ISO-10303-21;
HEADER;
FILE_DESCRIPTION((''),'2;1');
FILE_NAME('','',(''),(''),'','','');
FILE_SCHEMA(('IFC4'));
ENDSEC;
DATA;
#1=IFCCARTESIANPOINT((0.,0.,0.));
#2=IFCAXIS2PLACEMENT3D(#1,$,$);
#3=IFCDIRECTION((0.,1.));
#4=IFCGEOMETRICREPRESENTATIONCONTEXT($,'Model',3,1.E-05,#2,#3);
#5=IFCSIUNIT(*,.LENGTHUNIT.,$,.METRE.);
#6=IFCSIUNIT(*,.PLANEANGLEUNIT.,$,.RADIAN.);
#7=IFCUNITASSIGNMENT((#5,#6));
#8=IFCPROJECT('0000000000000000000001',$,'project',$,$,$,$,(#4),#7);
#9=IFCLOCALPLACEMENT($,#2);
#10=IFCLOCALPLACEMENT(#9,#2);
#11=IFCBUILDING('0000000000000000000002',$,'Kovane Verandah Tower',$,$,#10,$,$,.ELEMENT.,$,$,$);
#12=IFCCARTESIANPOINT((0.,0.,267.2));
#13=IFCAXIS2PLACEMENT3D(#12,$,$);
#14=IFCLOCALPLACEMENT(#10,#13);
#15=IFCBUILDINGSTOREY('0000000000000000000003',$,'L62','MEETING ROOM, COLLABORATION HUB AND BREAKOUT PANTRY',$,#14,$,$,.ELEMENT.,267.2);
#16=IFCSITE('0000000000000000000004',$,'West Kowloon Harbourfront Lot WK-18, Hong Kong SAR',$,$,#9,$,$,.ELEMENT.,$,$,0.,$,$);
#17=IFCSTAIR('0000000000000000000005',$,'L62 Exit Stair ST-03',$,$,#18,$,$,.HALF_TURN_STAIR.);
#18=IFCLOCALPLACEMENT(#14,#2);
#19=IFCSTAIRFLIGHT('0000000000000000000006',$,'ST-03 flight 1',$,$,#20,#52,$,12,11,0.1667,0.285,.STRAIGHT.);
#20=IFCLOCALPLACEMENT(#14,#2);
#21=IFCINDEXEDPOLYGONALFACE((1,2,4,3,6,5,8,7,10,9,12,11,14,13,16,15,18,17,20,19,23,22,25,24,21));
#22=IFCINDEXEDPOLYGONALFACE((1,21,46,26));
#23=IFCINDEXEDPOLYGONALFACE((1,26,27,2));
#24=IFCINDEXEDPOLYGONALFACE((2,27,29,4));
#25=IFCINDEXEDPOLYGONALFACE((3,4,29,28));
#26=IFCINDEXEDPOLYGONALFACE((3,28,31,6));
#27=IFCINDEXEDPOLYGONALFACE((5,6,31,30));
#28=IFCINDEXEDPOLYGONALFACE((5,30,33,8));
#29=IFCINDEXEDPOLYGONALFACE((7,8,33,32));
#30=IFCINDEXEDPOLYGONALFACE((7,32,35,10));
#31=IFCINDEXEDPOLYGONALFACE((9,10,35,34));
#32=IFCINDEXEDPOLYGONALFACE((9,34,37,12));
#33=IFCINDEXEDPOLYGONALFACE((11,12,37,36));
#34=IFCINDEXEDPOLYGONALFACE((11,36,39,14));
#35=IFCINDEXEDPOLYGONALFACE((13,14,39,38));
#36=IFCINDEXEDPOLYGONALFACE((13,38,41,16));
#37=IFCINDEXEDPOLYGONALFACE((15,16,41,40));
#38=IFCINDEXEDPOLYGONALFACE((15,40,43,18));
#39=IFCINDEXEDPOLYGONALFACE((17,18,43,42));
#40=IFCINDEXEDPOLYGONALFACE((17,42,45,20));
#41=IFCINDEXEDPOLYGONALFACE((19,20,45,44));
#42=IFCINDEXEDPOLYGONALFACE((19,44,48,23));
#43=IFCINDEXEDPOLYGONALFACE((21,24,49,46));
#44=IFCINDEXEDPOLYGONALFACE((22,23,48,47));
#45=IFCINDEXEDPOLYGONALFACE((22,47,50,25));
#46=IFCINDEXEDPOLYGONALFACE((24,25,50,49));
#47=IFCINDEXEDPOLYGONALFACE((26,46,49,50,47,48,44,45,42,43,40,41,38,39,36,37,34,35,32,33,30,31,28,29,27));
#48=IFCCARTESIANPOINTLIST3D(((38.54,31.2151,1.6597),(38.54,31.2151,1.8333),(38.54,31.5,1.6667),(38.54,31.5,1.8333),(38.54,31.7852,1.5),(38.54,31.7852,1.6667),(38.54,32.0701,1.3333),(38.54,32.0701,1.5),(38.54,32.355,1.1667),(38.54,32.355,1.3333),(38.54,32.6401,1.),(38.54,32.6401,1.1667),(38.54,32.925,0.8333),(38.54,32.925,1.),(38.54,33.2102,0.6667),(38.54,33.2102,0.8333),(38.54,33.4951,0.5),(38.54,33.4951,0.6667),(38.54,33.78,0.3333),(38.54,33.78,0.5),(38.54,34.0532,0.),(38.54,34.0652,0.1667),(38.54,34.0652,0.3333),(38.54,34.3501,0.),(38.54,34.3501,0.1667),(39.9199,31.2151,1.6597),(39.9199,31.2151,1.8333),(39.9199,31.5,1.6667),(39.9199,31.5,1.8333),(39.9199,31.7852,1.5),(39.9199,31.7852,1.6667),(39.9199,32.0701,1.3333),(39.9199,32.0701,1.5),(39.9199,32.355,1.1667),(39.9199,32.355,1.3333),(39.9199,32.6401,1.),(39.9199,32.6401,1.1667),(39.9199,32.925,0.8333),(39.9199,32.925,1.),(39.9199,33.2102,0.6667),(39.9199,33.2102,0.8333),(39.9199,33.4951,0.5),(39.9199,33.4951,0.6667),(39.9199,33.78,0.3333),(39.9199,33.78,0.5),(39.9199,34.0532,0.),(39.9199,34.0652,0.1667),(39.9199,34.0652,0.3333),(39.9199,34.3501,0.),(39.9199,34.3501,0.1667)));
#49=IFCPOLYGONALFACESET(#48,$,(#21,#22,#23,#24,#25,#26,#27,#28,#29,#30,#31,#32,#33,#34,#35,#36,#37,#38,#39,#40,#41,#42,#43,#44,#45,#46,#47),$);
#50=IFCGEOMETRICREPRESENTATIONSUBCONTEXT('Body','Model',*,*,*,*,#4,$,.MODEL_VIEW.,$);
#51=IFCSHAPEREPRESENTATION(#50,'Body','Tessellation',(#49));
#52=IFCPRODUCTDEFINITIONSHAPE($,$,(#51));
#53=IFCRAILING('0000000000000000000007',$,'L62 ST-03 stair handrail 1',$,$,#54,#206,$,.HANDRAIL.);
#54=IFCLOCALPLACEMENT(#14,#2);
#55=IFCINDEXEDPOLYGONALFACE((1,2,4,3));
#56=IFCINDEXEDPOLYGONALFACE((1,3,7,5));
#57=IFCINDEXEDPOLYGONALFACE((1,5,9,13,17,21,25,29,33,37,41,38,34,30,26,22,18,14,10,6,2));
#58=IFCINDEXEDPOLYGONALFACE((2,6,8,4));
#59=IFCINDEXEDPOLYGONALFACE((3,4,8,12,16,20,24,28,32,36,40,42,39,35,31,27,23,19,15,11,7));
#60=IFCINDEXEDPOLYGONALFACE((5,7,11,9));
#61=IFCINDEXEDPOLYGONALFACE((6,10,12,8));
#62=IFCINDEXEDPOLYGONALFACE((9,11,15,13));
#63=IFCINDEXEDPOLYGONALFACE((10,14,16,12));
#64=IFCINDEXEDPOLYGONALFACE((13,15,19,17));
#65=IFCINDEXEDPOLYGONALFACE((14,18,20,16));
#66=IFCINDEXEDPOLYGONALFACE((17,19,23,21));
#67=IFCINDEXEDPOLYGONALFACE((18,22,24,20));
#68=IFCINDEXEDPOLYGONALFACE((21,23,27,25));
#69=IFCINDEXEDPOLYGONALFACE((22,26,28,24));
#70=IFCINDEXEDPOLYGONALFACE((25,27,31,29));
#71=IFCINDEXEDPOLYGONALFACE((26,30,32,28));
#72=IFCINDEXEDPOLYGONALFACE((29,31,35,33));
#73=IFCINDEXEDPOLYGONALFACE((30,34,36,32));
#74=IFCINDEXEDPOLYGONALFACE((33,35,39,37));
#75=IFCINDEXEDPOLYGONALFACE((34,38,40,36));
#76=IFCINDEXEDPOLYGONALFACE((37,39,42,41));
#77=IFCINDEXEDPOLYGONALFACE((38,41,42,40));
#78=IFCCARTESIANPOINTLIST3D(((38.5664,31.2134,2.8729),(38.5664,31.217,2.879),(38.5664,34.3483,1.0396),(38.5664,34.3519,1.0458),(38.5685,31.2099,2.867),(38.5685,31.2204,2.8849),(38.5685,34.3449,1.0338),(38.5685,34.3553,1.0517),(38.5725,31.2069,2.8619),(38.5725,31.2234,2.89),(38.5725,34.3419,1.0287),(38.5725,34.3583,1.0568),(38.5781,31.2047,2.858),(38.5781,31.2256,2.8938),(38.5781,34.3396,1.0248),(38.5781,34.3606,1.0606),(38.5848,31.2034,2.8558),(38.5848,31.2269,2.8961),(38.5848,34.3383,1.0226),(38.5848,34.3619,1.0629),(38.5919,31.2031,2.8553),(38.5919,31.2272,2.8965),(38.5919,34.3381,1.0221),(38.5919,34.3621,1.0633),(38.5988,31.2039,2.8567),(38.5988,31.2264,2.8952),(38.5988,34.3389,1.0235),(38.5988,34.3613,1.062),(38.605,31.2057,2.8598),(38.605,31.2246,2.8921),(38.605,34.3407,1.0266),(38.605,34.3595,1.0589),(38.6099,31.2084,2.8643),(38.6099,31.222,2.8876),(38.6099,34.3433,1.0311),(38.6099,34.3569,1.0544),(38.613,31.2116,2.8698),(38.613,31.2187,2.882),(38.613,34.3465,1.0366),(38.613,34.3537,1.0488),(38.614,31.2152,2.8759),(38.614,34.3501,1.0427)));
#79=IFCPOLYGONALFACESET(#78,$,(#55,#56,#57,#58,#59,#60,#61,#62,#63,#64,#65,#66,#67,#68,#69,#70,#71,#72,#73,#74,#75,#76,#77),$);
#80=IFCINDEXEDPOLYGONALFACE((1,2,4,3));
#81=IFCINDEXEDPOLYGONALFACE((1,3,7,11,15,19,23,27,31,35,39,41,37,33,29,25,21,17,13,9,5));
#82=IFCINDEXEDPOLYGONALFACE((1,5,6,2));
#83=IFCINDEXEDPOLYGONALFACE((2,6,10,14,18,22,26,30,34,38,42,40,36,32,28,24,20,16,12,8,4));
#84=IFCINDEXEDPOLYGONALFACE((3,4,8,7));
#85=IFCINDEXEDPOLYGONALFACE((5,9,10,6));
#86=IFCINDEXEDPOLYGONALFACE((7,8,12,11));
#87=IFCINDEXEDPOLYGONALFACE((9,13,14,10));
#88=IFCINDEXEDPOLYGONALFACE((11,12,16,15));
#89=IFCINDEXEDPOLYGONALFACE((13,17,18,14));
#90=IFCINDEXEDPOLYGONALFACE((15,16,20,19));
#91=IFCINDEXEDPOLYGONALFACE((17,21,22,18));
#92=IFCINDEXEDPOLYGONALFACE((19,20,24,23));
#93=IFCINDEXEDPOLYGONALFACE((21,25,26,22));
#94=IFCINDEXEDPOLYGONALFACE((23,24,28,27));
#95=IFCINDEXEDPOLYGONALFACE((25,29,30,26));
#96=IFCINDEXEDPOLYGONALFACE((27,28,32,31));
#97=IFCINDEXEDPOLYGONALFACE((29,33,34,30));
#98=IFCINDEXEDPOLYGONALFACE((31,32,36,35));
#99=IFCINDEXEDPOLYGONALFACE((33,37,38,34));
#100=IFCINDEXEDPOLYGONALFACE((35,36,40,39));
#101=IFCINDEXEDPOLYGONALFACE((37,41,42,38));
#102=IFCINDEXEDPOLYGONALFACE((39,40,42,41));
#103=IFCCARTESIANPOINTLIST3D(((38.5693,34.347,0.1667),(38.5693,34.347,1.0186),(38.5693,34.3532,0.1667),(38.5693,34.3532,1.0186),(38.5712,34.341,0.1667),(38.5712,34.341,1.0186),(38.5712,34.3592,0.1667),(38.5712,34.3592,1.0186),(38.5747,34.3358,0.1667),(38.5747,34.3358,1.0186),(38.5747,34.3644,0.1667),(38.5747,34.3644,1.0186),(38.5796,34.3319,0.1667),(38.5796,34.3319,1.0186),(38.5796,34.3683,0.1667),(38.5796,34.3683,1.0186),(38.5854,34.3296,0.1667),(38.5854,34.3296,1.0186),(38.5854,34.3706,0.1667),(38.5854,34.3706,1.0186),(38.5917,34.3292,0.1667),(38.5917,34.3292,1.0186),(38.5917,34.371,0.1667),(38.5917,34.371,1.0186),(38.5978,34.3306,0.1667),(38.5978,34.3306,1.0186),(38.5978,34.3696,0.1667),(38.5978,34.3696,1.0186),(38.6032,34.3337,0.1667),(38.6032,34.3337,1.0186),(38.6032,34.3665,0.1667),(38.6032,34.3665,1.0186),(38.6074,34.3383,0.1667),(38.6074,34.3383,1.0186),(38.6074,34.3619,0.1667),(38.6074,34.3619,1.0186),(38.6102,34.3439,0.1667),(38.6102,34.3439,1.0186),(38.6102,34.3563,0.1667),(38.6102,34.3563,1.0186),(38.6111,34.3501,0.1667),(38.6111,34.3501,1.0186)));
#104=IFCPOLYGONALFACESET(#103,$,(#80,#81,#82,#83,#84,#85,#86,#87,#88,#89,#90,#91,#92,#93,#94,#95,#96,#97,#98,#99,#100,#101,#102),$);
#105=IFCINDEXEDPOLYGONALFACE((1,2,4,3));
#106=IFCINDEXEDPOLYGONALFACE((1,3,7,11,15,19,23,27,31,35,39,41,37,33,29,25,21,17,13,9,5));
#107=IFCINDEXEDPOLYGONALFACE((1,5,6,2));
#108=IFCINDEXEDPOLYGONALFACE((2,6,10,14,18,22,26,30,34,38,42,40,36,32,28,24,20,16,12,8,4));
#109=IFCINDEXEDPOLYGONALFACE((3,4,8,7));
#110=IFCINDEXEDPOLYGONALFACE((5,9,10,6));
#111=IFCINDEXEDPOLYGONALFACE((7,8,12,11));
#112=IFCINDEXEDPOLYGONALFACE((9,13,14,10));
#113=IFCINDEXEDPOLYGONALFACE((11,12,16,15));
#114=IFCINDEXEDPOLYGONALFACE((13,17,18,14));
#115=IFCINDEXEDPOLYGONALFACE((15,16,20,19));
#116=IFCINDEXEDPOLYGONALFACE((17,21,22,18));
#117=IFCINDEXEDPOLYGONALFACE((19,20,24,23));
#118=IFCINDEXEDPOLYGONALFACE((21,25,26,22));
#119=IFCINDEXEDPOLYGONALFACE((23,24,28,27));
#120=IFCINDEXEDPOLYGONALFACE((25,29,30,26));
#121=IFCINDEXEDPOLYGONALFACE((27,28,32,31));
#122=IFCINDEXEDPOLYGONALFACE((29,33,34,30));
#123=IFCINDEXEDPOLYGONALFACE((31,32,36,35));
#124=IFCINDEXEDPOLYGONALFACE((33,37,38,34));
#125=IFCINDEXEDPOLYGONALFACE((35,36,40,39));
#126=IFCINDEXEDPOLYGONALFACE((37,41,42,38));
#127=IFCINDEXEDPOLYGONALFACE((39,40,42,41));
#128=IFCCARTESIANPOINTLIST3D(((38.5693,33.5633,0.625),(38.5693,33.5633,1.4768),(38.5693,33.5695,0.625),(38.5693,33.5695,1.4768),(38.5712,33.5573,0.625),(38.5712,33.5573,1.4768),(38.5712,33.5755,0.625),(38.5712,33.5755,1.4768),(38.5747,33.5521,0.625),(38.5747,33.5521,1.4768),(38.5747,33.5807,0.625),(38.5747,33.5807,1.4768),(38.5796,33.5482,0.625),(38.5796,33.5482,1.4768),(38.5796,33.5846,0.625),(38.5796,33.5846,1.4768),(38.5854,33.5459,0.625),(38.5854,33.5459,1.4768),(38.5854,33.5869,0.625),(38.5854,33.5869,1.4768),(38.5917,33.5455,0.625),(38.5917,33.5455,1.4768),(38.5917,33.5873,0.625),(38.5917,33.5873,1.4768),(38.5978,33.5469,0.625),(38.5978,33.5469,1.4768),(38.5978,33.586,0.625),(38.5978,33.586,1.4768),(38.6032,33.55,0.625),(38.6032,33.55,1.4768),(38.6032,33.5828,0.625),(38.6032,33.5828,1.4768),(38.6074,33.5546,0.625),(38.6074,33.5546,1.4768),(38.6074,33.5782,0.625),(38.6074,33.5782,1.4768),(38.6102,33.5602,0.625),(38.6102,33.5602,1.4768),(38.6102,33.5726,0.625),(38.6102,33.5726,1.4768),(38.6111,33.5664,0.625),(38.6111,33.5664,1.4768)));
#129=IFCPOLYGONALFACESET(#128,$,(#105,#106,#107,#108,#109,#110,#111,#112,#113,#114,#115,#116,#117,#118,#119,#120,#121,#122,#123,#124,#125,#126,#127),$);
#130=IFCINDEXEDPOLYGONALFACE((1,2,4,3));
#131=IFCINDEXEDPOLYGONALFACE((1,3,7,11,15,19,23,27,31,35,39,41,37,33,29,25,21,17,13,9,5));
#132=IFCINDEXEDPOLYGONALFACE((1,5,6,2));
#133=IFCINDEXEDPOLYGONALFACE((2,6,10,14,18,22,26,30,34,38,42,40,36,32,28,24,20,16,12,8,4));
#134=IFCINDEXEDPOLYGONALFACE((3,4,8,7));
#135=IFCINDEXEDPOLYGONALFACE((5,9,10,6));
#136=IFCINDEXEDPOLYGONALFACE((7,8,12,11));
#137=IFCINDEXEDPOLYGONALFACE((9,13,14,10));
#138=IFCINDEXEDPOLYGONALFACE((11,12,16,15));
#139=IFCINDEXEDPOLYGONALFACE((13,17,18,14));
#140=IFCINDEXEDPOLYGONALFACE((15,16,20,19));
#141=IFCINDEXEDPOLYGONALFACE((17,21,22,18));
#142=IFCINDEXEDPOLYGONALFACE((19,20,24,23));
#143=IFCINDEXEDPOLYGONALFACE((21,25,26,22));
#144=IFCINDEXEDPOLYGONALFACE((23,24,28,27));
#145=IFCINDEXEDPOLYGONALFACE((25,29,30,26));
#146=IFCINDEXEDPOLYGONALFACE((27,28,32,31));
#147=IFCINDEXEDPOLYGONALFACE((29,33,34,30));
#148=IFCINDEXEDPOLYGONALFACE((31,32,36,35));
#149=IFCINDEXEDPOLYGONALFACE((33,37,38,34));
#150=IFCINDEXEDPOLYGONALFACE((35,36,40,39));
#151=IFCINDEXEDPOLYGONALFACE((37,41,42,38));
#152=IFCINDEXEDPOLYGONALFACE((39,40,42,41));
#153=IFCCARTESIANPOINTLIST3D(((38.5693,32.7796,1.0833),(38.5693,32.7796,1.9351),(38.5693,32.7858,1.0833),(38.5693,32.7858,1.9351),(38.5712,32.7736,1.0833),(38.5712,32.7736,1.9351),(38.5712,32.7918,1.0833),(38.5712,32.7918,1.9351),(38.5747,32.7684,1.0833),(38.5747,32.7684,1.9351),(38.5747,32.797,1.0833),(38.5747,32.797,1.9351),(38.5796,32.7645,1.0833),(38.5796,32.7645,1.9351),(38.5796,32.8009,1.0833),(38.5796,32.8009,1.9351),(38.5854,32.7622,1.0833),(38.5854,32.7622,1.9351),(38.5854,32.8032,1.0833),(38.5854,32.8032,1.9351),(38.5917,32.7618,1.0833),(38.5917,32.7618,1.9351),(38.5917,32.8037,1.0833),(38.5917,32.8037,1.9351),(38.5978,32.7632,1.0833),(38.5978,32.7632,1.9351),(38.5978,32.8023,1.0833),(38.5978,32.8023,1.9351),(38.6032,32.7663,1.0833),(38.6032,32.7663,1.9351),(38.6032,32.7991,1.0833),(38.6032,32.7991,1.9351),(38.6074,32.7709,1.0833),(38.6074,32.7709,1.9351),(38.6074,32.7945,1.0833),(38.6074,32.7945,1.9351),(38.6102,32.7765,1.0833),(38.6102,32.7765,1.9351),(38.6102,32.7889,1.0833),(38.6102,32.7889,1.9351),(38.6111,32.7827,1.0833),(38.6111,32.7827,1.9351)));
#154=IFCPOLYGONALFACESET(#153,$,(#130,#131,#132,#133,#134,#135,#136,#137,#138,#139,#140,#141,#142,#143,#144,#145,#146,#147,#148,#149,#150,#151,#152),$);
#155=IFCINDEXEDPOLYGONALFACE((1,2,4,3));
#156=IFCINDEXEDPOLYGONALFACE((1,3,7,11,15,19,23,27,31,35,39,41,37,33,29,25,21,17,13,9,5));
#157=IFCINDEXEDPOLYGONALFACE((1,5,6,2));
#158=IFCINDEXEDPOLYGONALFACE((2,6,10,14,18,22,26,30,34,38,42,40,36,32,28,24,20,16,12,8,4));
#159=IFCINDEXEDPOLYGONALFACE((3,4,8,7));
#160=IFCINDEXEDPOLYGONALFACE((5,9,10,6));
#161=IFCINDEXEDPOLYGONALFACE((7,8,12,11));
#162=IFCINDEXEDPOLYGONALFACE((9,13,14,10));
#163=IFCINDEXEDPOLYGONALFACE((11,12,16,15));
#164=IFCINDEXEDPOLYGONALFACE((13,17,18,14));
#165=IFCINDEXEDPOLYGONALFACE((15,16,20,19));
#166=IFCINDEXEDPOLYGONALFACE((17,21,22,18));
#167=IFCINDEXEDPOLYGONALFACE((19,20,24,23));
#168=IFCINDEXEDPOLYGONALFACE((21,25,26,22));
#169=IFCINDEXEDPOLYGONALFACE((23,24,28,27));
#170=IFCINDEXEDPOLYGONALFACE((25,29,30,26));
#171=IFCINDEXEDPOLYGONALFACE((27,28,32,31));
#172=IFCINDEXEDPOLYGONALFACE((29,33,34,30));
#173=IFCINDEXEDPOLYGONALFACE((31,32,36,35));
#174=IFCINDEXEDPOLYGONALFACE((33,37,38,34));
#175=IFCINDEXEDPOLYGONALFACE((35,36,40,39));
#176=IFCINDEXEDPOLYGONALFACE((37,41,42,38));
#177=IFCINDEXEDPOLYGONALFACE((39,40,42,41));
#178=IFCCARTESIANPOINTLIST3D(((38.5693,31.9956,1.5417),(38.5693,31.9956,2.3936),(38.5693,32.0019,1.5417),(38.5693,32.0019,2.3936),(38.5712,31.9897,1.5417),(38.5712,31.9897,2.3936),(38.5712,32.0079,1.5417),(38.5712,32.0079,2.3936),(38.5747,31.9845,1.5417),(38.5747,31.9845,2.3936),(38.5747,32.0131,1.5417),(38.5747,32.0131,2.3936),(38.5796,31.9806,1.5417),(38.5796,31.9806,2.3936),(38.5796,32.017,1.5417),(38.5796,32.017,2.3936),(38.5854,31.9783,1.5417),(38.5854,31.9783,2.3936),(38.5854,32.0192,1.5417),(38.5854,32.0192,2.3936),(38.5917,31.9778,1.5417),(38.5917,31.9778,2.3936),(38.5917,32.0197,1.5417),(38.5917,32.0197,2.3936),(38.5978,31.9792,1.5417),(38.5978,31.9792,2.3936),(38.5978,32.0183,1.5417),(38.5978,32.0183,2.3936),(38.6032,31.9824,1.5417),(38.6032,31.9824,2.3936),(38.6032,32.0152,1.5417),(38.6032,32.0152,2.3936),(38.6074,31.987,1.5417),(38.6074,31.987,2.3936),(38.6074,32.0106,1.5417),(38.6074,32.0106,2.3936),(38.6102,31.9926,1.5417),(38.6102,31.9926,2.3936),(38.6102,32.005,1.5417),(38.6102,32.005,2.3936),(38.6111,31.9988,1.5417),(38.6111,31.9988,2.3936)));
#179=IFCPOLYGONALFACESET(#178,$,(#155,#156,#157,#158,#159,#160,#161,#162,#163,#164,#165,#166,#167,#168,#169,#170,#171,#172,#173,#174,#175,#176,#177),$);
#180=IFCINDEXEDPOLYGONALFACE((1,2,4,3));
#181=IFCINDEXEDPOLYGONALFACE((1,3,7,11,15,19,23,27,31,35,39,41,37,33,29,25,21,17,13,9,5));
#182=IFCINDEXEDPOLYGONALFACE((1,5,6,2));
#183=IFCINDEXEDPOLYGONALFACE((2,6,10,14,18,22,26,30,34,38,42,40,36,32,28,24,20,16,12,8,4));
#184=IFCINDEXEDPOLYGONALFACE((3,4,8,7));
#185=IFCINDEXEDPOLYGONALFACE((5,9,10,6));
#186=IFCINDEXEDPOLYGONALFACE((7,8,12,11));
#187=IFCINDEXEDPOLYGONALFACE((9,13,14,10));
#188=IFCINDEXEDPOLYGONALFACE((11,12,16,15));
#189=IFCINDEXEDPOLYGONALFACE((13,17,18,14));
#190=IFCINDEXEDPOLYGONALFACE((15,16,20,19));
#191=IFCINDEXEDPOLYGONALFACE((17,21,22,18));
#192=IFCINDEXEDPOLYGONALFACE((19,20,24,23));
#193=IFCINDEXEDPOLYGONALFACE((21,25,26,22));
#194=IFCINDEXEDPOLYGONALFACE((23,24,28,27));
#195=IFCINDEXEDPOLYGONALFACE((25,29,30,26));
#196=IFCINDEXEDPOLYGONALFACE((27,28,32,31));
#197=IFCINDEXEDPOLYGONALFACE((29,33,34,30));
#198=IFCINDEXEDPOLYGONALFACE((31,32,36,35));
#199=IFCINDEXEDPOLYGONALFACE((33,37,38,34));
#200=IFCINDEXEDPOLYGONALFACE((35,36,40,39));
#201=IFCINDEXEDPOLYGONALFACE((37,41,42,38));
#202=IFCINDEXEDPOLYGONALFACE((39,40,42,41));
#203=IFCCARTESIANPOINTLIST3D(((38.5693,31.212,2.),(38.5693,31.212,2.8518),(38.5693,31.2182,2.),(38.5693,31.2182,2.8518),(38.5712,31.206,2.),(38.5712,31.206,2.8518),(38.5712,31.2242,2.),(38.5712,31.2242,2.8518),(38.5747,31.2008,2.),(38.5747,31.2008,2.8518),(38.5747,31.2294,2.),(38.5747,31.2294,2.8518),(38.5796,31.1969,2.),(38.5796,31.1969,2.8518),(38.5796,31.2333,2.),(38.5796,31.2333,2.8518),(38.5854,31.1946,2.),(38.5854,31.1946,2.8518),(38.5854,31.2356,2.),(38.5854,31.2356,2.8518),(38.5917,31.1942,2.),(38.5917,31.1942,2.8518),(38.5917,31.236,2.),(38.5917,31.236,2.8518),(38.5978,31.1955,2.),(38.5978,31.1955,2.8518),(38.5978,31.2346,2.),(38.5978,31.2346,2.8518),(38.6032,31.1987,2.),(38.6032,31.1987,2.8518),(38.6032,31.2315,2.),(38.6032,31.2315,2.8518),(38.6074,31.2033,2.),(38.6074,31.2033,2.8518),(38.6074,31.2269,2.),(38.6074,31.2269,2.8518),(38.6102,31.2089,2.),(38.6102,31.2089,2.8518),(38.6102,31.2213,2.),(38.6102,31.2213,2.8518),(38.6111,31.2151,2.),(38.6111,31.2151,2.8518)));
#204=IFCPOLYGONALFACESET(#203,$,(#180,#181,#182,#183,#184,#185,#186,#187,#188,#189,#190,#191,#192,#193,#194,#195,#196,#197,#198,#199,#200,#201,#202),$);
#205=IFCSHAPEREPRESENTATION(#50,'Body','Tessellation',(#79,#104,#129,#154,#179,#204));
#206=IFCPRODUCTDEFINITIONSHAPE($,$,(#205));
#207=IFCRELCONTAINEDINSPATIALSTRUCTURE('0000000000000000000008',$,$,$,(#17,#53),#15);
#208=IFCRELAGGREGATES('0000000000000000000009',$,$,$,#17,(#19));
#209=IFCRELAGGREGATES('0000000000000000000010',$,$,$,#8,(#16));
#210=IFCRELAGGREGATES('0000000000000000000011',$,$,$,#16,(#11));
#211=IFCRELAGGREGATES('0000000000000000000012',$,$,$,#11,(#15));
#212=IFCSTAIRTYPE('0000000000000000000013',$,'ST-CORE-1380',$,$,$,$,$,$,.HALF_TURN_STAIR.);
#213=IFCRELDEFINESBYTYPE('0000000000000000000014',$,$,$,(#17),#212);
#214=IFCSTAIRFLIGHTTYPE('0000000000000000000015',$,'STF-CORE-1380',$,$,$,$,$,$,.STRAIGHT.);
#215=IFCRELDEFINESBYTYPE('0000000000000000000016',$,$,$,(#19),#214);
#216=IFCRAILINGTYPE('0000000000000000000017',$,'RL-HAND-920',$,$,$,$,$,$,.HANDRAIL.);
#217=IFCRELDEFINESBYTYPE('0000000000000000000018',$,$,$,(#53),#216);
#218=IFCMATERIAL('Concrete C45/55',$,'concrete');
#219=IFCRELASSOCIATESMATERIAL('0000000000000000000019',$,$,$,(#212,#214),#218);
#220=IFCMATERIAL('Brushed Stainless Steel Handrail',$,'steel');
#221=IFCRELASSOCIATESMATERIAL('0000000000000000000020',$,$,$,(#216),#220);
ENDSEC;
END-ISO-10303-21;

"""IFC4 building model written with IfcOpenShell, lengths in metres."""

from ifc_helpers import new_model, si_unit, direction, frame, origin, origin_2d, place, context, subcontext, project, spatial, polyline, circle, outline, extrude, material, type_object, element, aggregate, save


model = new_model("IFC4")

# Units and contexts
model_context = context("Model", 3, precision=1e-05, world=origin(), true_north=direction((0.0, 1.0)))
body_context = subcontext(model_context, "Body", "Model", "MODEL_VIEW")
ifc_project = project(units=[si_unit("LENGTHUNIT", "METRE"), si_unit("PLANEANGLEUNIT", "RADIAN")], contexts=[model_context])

# Site, building, storey
site_placement = place(None, origin())
site = spatial("IfcSite", under=ifc_project, at=site_placement, Name="West Kowloon Harbourfront Lot WK-18, Hong Kong SAR", CompositionType="ELEMENT", RefElevation=0.0)
building_placement = place(site_placement, origin())
building = spatial("IfcBuilding", under=site, at=building_placement, Name="Kovane Verandah Tower", CompositionType="ELEMENT")
storey_placement = place(building_placement, frame((0.0, 0.0, 267.2)))
storey = spatial("IfcBuildingStorey", under=building, at=storey_placement, Name="L62", Description="MEETING ROOM, COLLABORATION HUB AND BREAKOUT PANTRY", CompositionType="ELEMENT", Elevation=267.2)

# Stair, stair flight
ifc_material_1 = material(Name="Concrete C45/55", Category="concrete")
stair_type = type_object("IfcStairType", Name="ST-CORE-1380", PredefinedType="HALF_TURN_STAIR", material=ifc_material_1)
stair_placement = place(storey_placement, origin())
stair = element("IfcStair", 1, at=stair_placement, inside=storey, type_object=stair_type, Name="L62 Exit Stair ST-03", PredefinedType="HALF_TURN_STAIR")
stair_flight_type = type_object("IfcStairFlightType", Name="STF-CORE-1380", PredefinedType="STRAIGHT", material=ifc_material_1)
stair_flight_placement = place(storey_placement, frame((39.23, 34.3501, 0.0), z_axis=(0.0, 0.0, 1.0), x_axis=(0.0, -1.0, 0.0)))
stair_flight = element("IfcStairFlight", 2, at=stair_flight_placement, type_object=stair_flight_type, Name="ST-03 flight 1", NumberOfRisers=12, NumberOfTreads=11, PredefinedType="STRAIGHT", RiserHeight=0.1667, TreadLength=0.285, context=body_context, shape_type="SweptSolid", body=[
    extrude(outline(polyline([(0.0, 0.0), (0.0, 0.1667), (0.2849, 0.1667), (0.2849, 0.3333), (0.5701, 0.3333), (0.5701, 0.5), (0.855, 0.5), (0.855, 0.6667), (1.1399, 0.6667), (1.1399, 0.8333), (1.425, 0.8333), (1.425, 1.0), (1.71, 1.0), (1.71, 1.1667), (1.9951, 1.1667), (1.9951, 1.3333), (2.28, 1.3333), (2.28, 1.5), (2.5649, 1.5), (2.5649, 1.6667), (2.8501, 1.6667), (2.8501, 1.8333), (3.135, 1.8333), (3.135, 2.0), (3.135, 1.6597), (0.2969, 0.0), (0.0, 0.0)])), frame((0.0, 0.6899, 0.0), z_axis=(0.0, -1.0, 0.0), x_axis=(1.0, 0.0, 0.0)), (0.0, 0.0, 1.0), 1.3799),
])
aggregate(stair, [stair_flight])

# Railing
ifc_material_2 = material(Name="Brushed Stainless Steel Handrail", Category="steel")
railing_type_1 = type_object("IfcRailingType", Name="RL-HAND-920", PredefinedType="HANDRAIL", material=ifc_material_2)
railing_1_placement = place(storey_placement, frame((38.5901, 34.3501, 0.1667)))
element("IfcRailing", 3, at=railing_1_placement, inside=storey, type_object=railing_type_1, Name="L62 ST-03 stair handrail 1", PredefinedType="HANDRAIL", context=body_context, shape_type="SweptSolid", body=[
    extrude(circle(Radius=0.0239, at=origin_2d()), frame((0.0, 0.0, 0.876), z_axis=(0.0, -0.86324, 0.504794), x_axis=(1.0, 0.0, 0.0)), (0.0, 0.0, 1.0), 3.6316),
    extrude(circle(Radius=0.021, at=origin_2d()), origin(), (0.0, 0.0, 1.0), 0.8518),
    extrude(circle(Radius=0.021, at=origin_2d()), frame((0.0, -0.7837, 0.4583)), (0.0, 0.0, 1.0), 0.8518),
    extrude(circle(Radius=0.021, at=origin_2d()), frame((0.0, -1.5674, 0.9165)), (0.0, 0.0, 1.0), 0.8518),
    extrude(circle(Radius=0.021, at=origin_2d()), frame((0.0, -2.3513, 1.375)), (0.0, 0.0, 1.0), 0.8518),
    extrude(circle(Radius=0.021, at=origin_2d()), frame((0.0, -3.135, 1.8333)), (0.0, 0.0, 1.0), 0.8518),
])

save(model, "model.ifc")
